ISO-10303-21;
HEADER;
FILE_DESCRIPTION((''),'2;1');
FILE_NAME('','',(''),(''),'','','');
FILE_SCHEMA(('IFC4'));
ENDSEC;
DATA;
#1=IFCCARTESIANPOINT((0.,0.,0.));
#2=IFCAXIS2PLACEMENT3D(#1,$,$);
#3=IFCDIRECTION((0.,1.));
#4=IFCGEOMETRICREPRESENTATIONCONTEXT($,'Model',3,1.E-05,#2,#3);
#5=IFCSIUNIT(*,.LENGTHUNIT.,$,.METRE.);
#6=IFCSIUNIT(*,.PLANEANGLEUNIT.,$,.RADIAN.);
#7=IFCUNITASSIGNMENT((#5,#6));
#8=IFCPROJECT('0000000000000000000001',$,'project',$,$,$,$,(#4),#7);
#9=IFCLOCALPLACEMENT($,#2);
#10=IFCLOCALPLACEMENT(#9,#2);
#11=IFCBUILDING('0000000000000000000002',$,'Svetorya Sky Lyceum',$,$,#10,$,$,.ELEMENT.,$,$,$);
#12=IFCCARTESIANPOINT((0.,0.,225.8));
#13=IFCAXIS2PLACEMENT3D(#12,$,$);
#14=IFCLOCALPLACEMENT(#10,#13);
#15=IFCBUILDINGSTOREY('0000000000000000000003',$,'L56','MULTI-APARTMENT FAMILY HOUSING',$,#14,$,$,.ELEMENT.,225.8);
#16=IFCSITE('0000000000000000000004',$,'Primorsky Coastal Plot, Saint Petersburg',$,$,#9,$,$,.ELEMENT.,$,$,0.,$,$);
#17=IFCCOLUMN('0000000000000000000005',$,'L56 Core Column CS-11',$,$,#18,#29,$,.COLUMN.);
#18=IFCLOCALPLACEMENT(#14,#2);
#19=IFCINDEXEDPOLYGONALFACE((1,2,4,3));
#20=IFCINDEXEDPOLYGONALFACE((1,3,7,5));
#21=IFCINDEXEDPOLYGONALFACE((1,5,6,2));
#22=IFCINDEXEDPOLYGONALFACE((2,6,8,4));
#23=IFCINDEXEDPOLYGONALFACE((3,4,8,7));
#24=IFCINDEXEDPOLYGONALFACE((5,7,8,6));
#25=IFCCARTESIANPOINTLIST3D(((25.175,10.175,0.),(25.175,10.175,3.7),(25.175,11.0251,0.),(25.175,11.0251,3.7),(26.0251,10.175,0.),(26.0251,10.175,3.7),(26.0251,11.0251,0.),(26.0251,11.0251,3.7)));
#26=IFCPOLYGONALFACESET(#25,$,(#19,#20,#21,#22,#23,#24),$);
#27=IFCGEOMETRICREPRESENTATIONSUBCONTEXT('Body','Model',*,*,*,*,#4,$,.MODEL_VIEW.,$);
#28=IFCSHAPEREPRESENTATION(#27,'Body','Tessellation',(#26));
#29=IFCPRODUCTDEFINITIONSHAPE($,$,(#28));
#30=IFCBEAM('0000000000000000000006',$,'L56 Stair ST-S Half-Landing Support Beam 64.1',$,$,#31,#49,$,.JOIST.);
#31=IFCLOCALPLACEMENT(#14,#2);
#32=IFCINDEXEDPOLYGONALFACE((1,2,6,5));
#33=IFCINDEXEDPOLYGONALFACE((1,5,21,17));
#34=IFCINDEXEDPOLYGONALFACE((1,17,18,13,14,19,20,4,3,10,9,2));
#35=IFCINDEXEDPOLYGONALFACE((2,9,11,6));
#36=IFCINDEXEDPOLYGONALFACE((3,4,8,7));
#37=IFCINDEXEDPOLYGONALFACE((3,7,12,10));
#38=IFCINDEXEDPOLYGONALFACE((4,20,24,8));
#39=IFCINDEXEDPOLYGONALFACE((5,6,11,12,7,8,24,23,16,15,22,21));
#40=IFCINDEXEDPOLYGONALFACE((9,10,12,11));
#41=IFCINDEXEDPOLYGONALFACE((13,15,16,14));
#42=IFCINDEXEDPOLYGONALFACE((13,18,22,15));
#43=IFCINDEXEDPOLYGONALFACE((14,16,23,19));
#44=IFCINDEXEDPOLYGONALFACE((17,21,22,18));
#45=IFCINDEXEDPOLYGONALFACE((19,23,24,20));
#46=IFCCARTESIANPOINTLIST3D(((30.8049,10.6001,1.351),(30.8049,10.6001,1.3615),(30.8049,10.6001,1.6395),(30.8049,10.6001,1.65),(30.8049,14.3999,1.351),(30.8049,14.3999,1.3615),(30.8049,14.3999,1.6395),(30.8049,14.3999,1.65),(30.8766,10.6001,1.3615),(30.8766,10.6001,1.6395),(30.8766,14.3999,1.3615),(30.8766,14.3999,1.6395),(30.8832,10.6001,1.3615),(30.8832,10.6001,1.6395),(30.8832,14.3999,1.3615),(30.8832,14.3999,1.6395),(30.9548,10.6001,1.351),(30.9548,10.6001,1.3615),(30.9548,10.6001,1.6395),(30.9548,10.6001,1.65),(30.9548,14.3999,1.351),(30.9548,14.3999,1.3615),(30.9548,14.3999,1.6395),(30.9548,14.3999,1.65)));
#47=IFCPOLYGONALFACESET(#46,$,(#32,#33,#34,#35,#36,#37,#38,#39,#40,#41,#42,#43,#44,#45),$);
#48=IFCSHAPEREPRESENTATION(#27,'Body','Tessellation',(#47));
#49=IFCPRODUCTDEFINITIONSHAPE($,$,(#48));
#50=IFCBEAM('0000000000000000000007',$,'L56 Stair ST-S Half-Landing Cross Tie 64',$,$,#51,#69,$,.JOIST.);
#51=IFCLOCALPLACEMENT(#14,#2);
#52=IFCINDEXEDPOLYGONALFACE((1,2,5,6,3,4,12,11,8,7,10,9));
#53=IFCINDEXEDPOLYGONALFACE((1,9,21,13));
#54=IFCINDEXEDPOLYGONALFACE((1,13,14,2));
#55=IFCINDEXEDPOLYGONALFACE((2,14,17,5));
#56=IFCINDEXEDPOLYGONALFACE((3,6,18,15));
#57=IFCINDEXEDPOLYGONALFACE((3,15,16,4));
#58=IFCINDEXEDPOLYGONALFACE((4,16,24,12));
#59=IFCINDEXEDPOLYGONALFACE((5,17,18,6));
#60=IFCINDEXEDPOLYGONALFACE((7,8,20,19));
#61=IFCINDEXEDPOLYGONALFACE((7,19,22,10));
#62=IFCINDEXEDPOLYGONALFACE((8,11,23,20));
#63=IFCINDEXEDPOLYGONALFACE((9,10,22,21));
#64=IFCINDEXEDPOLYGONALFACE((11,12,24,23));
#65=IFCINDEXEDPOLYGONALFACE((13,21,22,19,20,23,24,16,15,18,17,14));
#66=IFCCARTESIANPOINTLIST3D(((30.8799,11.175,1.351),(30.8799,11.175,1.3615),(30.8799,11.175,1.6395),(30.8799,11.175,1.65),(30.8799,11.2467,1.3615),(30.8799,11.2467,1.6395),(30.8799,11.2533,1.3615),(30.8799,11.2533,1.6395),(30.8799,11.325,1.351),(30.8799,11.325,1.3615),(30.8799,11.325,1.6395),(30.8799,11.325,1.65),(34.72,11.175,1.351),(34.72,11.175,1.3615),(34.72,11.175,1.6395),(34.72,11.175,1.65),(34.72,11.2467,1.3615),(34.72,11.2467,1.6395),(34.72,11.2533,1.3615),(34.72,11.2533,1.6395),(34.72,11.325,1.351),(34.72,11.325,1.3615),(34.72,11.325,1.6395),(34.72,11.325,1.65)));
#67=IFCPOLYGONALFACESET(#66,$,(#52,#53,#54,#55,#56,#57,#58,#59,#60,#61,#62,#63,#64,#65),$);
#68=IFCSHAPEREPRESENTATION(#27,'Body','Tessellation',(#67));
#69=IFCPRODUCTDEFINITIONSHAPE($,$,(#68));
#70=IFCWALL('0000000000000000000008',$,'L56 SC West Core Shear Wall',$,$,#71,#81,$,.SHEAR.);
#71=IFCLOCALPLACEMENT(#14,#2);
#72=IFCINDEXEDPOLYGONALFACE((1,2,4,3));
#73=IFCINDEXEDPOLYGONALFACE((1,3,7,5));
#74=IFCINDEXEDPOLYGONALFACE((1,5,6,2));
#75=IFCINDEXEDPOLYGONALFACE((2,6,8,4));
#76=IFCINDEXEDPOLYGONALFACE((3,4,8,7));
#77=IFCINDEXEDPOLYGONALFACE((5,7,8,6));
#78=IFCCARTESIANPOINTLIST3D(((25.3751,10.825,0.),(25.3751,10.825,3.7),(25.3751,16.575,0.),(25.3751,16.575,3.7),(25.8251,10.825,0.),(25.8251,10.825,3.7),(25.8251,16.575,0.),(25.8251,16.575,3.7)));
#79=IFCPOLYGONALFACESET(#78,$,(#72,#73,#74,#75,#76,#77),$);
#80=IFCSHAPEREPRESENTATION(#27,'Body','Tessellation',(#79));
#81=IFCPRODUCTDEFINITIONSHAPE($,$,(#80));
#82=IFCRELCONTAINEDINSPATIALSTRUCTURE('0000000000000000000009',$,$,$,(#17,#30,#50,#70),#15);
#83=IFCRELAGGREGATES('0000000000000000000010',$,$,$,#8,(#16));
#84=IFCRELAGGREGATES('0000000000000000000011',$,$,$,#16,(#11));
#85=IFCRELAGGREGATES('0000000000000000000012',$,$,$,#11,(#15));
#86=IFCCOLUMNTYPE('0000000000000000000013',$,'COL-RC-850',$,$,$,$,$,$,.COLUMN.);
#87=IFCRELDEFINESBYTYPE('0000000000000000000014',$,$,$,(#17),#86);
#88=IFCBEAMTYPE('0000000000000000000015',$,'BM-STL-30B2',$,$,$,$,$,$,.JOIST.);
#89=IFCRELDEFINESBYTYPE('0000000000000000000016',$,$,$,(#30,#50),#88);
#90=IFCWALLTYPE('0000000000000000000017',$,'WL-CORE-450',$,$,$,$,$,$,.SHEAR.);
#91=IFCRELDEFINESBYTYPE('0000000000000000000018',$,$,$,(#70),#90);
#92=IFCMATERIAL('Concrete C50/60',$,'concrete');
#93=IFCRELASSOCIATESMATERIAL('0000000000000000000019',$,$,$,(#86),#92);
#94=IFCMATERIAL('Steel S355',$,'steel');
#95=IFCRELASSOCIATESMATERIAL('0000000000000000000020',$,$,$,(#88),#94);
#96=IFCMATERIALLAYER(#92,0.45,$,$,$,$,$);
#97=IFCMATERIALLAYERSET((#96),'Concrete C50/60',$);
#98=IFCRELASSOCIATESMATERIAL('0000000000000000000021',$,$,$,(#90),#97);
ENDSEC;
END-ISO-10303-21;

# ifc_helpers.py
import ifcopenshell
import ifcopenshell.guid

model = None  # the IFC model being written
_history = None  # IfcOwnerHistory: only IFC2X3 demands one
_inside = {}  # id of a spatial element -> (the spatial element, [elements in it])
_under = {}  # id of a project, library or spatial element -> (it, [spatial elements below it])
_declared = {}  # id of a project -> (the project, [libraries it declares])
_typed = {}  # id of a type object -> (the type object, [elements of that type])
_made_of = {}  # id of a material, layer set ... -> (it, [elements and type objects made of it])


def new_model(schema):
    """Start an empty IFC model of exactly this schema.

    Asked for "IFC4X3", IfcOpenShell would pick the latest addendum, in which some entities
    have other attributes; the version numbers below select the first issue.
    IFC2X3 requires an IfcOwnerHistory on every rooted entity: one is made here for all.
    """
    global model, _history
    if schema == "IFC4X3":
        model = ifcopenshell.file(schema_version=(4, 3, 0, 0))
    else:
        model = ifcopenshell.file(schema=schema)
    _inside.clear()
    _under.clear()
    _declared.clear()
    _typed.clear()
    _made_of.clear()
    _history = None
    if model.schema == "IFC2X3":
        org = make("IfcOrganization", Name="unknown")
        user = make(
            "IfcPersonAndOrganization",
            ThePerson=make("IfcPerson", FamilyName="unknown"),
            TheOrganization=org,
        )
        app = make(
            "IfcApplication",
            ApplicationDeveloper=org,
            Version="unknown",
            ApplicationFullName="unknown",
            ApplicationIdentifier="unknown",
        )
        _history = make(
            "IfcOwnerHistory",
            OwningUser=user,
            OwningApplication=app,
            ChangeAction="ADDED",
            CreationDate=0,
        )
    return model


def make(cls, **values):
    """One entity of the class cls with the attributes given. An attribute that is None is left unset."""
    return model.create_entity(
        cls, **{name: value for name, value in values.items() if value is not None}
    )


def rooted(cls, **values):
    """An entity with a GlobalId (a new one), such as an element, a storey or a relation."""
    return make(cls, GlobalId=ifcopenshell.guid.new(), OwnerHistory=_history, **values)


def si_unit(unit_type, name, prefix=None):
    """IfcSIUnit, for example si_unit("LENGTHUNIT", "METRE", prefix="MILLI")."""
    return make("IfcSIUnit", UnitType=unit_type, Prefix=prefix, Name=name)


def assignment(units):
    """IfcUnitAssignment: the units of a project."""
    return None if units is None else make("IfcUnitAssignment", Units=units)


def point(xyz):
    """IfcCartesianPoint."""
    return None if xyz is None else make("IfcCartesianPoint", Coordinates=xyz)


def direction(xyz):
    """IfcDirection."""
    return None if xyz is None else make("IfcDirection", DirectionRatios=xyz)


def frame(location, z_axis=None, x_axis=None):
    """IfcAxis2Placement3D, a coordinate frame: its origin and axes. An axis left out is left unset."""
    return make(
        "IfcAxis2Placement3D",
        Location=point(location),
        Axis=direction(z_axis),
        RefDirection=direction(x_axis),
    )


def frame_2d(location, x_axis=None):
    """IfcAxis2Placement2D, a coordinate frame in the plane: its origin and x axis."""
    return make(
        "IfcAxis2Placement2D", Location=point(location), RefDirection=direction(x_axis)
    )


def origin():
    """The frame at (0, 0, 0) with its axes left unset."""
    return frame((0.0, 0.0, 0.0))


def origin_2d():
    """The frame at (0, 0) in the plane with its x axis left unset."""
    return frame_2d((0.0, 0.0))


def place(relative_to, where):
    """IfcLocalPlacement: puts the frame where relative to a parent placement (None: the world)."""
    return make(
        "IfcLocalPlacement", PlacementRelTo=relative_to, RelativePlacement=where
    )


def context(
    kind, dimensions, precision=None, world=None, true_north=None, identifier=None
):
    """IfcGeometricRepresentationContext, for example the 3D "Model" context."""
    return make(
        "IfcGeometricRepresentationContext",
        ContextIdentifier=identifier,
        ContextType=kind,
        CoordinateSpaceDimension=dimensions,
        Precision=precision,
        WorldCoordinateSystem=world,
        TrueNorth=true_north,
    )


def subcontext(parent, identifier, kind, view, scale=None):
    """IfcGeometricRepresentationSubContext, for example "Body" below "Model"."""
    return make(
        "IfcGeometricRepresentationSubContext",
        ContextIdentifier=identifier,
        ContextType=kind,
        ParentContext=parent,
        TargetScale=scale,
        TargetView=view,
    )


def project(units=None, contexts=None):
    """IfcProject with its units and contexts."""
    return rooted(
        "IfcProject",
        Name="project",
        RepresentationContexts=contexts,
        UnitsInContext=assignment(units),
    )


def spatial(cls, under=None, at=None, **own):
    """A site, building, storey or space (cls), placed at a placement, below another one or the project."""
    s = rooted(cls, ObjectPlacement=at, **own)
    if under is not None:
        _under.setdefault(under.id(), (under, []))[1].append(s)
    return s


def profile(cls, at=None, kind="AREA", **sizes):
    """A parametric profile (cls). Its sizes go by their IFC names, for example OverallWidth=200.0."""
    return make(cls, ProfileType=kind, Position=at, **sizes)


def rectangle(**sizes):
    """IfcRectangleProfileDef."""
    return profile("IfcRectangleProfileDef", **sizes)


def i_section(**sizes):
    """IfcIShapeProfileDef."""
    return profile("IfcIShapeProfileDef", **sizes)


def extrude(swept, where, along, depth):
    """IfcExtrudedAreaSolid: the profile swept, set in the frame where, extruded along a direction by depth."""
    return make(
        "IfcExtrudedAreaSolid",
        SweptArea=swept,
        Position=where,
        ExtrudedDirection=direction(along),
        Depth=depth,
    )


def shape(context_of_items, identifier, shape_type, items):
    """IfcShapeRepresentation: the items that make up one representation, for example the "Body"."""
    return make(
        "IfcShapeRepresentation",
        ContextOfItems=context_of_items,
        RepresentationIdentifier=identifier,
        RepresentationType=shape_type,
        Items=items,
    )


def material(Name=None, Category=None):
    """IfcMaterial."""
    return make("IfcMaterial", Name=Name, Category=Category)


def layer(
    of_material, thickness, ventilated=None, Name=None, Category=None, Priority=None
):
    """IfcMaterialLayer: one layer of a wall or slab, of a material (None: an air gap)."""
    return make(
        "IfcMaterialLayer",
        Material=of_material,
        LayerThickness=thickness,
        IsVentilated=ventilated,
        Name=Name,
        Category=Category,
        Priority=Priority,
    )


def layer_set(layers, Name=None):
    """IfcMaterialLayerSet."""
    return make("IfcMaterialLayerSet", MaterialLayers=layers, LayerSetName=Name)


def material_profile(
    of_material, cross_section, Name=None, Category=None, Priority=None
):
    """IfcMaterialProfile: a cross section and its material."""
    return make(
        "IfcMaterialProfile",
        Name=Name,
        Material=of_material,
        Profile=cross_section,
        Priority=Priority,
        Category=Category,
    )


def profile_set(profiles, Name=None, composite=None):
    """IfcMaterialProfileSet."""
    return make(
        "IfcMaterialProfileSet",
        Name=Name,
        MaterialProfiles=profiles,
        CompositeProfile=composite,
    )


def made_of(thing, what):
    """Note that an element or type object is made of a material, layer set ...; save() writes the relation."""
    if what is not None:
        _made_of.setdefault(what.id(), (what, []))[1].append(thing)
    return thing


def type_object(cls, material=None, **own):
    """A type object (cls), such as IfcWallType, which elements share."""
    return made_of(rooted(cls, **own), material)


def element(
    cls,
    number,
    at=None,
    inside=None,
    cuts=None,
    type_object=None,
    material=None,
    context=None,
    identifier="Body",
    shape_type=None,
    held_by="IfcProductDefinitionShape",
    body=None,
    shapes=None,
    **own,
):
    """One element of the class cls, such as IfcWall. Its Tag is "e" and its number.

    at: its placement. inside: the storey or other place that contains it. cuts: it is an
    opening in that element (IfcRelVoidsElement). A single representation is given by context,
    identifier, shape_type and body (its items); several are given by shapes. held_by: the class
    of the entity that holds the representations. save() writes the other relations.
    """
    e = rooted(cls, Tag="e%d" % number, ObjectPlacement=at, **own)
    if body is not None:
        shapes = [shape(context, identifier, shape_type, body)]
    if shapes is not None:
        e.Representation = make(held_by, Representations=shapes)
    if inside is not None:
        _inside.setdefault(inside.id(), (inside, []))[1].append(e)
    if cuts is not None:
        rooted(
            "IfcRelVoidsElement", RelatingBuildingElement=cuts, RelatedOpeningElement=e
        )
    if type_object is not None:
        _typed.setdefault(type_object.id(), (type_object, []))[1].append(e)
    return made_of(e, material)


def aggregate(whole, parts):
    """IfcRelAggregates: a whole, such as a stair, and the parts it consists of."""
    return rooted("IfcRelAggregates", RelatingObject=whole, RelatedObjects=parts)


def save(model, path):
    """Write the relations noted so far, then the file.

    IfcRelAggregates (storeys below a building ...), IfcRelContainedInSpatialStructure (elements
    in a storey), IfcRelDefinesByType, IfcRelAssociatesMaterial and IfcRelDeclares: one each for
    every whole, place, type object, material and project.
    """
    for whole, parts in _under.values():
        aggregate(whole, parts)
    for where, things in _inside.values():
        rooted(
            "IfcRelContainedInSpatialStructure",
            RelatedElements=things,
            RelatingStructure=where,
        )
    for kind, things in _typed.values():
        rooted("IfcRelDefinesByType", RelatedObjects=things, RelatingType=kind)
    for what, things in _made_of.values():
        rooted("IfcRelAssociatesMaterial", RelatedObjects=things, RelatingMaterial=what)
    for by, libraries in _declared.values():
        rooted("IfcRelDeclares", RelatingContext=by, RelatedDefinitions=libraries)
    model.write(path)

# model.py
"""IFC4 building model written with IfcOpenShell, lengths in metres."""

from ifc_helpers import new_model, si_unit, direction, frame, frame_2d, origin, origin_2d, place, context, subcontext, project, spatial, rectangle, i_section, extrude, material, layer, layer_set, material_profile, profile_set, type_object, element, save


model = new_model("IFC4")

# Units and contexts
model_context = context("Model", 3, precision=1e-05, world=origin(), true_north=direction((0.0, 1.0)))
body_context = subcontext(model_context, "Body", "Model", "MODEL_VIEW")
ifc_project = project(units=[si_unit("LENGTHUNIT", "METRE"), si_unit("PLANEANGLEUNIT", "RADIAN")], contexts=[model_context])

# Site, building, storey
site_placement = place(None, origin())
site = spatial("IfcSite", under=ifc_project, at=site_placement, Name="Primorsky Coastal Plot, Saint Petersburg", CompositionType="ELEMENT", RefElevation=0.0)
building_placement = place(site_placement, origin())
building = spatial("IfcBuilding", under=site, at=building_placement, Name="Svetorya Sky Lyceum", CompositionType="ELEMENT")
storey_placement = place(building_placement, frame((0.0, 0.0, 225.8)))
storey = spatial("IfcBuildingStorey", under=building, at=storey_placement, Name="L56", Description="MULTI-APARTMENT FAMILY HOUSING", CompositionType="ELEMENT", Elevation=225.8)

# Column
ifc_material_1 = material(Name="Concrete C50/60", Category="concrete")
ifc_material_profile_1 = material_profile(ifc_material_1, rectangle(XDim=0.8501, YDim=0.8501, at=origin_2d()), Name="RC COL 850x850")
ifc_profile_set_1 = profile_set([ifc_material_profile_1], Name="Concrete C50/60")
column_type = type_object("IfcColumnType", Name="COL-RC-850", PredefinedType="COLUMN", material=ifc_profile_set_1)
column_placement = place(storey_placement, frame((25.6001, 10.6001, 0.0), z_axis=(0.0, 0.0, 1.0), x_axis=(1.0, 0.0, 0.0)))
element("IfcColumn", 1, at=column_placement, inside=storey, type_object=column_type, Name="L56 Core Column CS-11", PredefinedType="COLUMN", context=body_context, shape_type="SweptSolid", body=[
    extrude(rectangle(XDim=0.8501, YDim=0.8501, at=origin_2d()), origin(), (0.0, 0.0, 1.0), 3.7),
])

# Beams
ifc_material_2 = material(Name="Steel S355", Category="steel")
ifc_material_profile_2 = material_profile(ifc_material_2, i_section(OverallWidth=0.1499, OverallDepth=0.2991, WebThickness=0.0066, FlangeThickness=0.0105, at=origin_2d()), Name="GOST 30B2")
ifc_profile_set_2 = profile_set([ifc_material_profile_2], Name="Steel S355")
beam_type = type_object("IfcBeamType", Name="BM-STL-30B2", PredefinedType="JOIST", material=ifc_profile_set_2)
beam_1_placement = place(storey_placement, frame((30.8799, 10.6001, 1.5005), z_axis=(0.0, 1.0, 0.0), x_axis=(-1.0, 0.0, 0.0)))
element("IfcBeam", 2, at=beam_1_placement, inside=storey, type_object=beam_type, Name="L56 Stair ST-S Half-Landing Support Beam 64.1", PredefinedType="JOIST", context=body_context, shape_type="SweptSolid", body=[
    extrude(i_section(OverallWidth=0.1499, OverallDepth=0.2991, WebThickness=0.0066, FlangeThickness=0.0105, at=origin_2d()), origin(), (0.0, 0.0, 1.0), 3.7998),
])
beam_2_placement = place(storey_placement, frame((30.8799, 11.25, 1.5005), z_axis=(1.0, 0.0, 0.0), x_axis=(0.0, 1.0, 0.0)))
element("IfcBeam", 3, at=beam_2_placement, inside=storey, type_object=beam_type, Name="L56 Stair ST-S Half-Landing Cross Tie 64", PredefinedType="JOIST", context=body_context, shape_type="SweptSolid", body=[
    extrude(i_section(OverallWidth=0.1499, OverallDepth=0.2991, WebThickness=0.0066, FlangeThickness=0.0105, at=origin_2d()), origin(), (0.0, 0.0, 1.0), 3.8401),
])

# Wall
ifc_layer_1 = layer(ifc_material_1, 0.45)
ifc_layer_set_1 = layer_set([ifc_layer_1], Name="Concrete C50/60")
wall_type_1 = type_object("IfcWallType", Name="WL-CORE-450", PredefinedType="SHEAR", material=ifc_layer_set_1)
wall_1_placement = place(storey_placement, frame((25.6001, 10.825, 0.0), z_axis=(0.0, 0.0, 1.0), x_axis=(0.0, 1.0, 0.0)))
element("IfcWall", 4, at=wall_1_placement, inside=storey, type_object=wall_type_1, Name="L56 SC West Core Shear Wall", PredefinedType="SHEAR", context=body_context, shape_type="SweptSolid", body=[
    extrude(rectangle(XDim=5.75, YDim=0.45, at=frame_2d((2.875, 0.0))), origin(), (0.0, 0.0, 1.0), 3.7),
])

save(model, "model.ifc")
